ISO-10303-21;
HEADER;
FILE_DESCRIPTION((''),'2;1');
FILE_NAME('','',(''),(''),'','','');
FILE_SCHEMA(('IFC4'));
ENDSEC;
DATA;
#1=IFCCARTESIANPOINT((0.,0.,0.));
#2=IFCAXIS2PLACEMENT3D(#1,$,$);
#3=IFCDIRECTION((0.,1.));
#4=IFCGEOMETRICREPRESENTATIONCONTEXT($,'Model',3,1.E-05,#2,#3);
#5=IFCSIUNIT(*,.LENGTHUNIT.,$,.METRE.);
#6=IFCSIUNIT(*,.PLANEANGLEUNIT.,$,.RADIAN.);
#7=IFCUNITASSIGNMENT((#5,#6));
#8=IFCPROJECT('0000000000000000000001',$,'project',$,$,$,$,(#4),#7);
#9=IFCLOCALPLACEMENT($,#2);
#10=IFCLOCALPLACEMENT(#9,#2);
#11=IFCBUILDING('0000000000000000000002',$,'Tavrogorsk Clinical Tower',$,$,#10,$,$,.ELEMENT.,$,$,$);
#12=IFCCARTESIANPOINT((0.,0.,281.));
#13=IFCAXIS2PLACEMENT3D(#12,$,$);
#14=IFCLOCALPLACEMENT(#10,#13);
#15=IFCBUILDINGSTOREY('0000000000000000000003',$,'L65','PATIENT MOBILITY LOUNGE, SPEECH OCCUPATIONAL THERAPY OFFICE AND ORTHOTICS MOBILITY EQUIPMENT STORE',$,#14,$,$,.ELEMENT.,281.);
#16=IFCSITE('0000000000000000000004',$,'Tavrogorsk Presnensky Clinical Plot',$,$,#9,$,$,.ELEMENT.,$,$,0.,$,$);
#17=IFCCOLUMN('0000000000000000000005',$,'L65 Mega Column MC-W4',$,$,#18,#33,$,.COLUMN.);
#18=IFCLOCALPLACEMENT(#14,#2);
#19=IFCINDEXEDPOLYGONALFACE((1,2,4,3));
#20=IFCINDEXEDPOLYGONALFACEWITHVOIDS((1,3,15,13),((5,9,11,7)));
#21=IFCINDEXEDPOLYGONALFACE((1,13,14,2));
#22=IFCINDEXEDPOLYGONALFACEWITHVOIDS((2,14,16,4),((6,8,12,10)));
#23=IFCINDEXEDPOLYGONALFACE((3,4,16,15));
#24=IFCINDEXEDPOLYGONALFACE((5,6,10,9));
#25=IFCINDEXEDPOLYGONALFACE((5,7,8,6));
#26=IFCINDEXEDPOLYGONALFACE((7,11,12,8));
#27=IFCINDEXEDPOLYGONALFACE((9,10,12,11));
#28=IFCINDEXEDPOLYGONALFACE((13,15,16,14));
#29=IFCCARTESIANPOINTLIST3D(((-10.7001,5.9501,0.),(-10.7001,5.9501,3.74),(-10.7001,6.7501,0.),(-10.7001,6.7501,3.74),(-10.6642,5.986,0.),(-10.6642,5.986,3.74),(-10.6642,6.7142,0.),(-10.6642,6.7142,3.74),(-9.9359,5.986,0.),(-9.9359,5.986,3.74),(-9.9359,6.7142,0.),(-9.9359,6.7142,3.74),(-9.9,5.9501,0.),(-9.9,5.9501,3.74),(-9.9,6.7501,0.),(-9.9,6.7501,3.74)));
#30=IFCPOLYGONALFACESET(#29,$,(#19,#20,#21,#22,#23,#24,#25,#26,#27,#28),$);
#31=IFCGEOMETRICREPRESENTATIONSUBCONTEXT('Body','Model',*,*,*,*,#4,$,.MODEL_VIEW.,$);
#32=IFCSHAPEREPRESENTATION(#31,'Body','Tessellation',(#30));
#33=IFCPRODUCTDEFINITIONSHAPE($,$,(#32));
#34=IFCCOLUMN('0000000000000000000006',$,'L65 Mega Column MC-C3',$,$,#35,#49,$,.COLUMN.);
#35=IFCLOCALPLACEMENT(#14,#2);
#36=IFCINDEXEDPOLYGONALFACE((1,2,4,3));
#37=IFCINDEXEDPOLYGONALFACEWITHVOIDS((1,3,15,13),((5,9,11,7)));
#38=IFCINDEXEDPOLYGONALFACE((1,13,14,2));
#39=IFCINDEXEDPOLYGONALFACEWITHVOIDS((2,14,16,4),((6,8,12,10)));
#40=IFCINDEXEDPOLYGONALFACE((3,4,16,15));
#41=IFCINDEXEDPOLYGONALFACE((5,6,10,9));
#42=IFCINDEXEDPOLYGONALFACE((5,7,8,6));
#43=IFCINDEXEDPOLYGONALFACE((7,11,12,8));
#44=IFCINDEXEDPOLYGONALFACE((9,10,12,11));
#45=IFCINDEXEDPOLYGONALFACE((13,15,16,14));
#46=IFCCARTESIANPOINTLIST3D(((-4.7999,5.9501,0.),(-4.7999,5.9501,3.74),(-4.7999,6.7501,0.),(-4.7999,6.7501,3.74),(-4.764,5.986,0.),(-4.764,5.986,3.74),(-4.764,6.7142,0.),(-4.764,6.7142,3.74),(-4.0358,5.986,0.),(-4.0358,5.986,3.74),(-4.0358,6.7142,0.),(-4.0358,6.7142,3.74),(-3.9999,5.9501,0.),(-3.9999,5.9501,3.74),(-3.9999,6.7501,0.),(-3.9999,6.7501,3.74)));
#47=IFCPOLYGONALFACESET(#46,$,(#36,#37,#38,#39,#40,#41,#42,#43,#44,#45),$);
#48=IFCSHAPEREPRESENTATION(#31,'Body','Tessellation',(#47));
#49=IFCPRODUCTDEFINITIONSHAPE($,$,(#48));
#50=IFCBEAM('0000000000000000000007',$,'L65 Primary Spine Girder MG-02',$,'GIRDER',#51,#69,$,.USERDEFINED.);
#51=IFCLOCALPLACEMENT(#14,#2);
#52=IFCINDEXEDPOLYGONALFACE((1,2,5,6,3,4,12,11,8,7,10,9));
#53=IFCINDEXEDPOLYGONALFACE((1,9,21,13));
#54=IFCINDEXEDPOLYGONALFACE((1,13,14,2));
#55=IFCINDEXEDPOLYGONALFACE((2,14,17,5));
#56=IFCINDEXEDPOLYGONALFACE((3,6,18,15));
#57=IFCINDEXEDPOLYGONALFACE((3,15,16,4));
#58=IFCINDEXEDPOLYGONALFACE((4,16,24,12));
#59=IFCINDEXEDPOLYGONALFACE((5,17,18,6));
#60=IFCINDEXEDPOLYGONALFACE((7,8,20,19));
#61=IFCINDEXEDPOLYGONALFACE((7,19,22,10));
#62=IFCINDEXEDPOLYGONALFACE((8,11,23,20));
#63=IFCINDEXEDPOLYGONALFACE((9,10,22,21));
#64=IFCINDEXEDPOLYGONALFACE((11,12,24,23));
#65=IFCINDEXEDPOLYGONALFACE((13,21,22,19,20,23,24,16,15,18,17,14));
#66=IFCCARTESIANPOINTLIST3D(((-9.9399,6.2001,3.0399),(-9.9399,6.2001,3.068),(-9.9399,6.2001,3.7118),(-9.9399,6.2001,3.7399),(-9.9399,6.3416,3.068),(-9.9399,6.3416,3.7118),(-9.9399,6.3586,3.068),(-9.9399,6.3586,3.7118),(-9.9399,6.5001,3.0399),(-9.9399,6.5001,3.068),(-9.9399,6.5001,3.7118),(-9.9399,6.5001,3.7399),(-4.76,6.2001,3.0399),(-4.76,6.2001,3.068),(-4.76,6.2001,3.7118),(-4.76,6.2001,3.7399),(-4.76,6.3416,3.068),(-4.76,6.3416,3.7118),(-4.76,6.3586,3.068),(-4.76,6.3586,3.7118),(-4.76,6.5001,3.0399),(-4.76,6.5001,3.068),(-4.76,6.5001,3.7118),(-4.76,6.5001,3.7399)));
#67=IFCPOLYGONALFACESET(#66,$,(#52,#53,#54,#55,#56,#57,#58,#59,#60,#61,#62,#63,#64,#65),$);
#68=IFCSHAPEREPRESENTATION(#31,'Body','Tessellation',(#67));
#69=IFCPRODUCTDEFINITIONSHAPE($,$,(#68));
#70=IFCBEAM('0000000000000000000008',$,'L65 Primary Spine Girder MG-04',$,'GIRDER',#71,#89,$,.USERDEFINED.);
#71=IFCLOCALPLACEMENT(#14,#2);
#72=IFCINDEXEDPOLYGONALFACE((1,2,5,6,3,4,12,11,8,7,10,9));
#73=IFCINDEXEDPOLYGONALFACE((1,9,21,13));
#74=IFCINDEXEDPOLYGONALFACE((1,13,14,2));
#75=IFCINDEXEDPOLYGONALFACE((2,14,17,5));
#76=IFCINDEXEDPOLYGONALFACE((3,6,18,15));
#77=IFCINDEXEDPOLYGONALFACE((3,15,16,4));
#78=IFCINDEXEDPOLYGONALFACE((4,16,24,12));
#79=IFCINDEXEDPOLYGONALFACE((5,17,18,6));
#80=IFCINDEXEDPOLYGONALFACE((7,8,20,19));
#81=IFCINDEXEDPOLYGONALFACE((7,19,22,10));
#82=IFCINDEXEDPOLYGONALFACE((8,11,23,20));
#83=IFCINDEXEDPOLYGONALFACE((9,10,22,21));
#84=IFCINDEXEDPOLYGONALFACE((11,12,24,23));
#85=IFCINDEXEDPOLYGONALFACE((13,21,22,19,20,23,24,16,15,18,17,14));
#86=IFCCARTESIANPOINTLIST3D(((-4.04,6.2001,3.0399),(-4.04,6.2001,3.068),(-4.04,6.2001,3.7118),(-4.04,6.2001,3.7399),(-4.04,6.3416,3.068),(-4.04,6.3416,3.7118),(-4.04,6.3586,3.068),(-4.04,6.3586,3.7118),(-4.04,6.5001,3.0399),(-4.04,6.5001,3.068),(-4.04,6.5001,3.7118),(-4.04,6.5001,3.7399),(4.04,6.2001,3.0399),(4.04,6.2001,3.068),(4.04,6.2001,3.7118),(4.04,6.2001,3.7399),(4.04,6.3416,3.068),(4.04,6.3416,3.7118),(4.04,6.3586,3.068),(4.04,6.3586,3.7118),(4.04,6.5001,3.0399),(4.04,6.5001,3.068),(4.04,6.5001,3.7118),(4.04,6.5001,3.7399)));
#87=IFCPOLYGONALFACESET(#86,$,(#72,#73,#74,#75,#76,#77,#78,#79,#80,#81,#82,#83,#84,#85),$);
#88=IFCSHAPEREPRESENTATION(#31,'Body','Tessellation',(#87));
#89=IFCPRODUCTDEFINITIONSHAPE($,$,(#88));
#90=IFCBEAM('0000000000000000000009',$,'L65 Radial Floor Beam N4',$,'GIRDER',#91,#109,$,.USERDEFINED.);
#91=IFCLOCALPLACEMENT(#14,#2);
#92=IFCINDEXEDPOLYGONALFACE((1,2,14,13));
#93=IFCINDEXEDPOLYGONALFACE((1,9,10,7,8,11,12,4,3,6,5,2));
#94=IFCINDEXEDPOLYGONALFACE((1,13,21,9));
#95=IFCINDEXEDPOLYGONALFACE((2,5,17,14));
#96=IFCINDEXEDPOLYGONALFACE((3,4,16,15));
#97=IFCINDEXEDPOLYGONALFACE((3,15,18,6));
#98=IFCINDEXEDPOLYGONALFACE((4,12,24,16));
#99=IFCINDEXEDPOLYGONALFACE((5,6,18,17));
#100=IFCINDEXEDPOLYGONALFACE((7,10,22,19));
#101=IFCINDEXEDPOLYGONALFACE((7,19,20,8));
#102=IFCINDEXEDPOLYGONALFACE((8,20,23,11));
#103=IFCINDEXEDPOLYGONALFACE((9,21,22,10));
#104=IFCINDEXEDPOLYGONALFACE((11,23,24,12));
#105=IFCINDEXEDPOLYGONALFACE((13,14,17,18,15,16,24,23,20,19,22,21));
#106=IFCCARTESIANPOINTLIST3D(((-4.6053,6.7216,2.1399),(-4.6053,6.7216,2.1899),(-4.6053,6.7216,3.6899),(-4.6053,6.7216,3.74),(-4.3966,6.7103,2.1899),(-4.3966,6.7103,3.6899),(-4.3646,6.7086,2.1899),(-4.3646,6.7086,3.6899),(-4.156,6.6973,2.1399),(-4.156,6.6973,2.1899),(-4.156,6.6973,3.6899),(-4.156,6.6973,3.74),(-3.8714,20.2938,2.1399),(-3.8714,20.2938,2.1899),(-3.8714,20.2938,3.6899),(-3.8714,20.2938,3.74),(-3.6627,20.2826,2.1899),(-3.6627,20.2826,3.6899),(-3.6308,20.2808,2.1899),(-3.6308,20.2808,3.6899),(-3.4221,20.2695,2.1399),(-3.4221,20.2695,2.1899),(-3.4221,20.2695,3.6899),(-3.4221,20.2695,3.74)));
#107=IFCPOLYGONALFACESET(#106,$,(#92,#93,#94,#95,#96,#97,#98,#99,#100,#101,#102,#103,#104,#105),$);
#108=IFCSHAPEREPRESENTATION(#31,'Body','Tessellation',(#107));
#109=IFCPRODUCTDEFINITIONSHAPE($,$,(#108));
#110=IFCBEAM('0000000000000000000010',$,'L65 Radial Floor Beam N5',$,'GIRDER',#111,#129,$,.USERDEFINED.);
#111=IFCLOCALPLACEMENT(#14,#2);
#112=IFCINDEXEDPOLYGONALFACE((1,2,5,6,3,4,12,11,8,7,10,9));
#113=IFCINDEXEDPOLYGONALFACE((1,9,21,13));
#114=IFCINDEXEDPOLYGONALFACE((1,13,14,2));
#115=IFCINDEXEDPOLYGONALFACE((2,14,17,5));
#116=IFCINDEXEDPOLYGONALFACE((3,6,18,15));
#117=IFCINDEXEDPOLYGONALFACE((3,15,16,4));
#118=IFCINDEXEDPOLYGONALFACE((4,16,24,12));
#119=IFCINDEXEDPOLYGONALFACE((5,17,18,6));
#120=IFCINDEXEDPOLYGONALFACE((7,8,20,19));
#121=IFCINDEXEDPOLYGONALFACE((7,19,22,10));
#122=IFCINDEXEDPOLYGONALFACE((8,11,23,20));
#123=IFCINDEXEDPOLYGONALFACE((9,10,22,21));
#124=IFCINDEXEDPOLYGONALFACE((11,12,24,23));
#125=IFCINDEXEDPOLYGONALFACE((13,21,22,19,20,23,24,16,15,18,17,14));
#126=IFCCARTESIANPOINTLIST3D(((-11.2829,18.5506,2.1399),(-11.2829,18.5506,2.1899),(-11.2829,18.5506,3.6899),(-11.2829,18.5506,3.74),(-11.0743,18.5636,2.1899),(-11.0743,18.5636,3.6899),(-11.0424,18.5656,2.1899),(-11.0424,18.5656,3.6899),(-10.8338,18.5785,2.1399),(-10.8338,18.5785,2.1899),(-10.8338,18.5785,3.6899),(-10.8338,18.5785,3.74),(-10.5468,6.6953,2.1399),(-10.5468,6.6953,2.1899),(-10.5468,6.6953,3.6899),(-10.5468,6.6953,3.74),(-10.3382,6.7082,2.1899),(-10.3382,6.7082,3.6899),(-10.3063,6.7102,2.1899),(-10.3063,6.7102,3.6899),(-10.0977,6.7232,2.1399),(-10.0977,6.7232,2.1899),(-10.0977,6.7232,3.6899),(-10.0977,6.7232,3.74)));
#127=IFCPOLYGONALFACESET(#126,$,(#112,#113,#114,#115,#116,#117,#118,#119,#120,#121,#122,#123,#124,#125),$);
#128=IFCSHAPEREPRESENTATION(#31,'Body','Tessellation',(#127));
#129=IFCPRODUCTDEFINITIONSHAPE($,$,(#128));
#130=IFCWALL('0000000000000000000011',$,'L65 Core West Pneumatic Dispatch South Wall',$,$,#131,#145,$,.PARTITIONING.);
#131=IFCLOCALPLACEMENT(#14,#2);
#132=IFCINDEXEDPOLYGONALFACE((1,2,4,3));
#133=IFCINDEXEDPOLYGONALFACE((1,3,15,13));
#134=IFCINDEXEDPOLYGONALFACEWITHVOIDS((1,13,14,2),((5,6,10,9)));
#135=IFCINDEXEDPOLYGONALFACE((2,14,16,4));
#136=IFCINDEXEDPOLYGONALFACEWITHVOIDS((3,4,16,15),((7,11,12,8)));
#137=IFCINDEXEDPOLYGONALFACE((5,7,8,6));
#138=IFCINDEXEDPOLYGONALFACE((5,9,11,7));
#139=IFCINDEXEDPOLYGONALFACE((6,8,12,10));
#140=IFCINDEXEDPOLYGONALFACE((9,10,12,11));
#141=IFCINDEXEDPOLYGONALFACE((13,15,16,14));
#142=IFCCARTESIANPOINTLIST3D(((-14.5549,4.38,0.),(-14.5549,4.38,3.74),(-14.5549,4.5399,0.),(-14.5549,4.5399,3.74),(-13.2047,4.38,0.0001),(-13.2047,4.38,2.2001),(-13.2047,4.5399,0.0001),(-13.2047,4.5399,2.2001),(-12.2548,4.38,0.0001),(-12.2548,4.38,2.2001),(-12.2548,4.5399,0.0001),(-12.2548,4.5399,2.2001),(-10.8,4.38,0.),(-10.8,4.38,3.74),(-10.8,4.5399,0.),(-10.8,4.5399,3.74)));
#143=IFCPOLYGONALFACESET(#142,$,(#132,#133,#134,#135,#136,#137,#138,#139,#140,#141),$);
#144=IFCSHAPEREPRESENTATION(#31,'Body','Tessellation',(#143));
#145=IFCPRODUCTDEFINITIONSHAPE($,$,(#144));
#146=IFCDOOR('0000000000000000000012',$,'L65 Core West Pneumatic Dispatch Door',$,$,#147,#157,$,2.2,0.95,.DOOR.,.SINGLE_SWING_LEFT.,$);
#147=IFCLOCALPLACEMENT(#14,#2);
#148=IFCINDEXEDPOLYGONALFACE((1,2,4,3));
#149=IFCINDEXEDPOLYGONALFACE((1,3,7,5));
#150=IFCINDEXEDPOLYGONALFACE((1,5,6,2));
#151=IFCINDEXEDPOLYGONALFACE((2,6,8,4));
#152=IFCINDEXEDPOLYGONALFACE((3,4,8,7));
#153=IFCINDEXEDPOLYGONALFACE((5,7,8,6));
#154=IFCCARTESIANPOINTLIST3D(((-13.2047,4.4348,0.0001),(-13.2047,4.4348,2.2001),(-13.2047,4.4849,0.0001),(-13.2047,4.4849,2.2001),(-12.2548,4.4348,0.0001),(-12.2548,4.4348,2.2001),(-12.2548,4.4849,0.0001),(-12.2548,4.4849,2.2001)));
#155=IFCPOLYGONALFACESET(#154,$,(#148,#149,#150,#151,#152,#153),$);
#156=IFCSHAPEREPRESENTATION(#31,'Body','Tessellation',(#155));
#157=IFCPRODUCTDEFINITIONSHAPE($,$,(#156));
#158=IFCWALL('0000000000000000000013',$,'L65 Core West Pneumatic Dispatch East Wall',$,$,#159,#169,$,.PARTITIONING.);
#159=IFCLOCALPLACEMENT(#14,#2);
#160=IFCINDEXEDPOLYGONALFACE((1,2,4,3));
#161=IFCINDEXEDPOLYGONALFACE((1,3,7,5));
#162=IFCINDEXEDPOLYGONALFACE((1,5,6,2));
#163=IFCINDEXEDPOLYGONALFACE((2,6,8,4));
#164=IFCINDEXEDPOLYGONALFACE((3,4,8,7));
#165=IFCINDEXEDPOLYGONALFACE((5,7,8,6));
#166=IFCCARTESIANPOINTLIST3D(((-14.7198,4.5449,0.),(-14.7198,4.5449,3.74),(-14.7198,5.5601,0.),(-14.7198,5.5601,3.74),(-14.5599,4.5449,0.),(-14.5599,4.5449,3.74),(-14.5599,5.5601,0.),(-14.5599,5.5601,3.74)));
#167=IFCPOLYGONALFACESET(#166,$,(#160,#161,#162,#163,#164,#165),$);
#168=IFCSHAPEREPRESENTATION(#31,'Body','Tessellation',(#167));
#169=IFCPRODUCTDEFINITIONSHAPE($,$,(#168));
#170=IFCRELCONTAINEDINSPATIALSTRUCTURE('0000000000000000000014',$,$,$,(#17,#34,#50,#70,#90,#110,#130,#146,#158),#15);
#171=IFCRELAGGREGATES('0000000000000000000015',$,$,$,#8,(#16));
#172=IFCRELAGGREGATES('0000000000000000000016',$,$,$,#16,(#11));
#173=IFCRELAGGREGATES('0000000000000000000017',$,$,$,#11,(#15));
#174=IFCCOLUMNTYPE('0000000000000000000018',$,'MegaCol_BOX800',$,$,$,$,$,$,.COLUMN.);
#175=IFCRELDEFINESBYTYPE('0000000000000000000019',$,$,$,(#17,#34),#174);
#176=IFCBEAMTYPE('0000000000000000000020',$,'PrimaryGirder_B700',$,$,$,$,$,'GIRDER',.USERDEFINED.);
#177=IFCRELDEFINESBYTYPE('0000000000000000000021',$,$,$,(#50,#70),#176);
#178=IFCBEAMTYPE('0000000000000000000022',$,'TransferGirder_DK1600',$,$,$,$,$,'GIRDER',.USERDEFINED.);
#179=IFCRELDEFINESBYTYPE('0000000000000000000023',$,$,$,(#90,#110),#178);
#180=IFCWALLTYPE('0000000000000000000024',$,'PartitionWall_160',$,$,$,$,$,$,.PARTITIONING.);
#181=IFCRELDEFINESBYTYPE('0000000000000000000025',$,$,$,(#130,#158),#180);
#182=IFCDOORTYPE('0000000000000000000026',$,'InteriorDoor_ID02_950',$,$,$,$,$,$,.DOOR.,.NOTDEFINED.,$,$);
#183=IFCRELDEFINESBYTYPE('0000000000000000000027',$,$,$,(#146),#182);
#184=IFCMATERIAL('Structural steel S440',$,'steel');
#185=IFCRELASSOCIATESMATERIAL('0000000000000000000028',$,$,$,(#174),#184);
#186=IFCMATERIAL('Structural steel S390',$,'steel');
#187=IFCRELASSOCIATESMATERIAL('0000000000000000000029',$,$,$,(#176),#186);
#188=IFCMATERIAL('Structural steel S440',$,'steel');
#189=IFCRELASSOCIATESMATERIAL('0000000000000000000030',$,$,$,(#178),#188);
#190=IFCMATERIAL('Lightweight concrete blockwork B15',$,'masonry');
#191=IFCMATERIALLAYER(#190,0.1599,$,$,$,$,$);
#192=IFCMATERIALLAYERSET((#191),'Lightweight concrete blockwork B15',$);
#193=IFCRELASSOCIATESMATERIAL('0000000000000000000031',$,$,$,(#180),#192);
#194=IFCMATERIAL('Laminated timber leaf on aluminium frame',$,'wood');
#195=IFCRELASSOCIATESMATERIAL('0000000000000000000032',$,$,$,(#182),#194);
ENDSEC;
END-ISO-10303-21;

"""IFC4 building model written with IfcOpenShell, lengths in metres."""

from ifc_helpers import new_model, si_unit, direction, frame, frame_2d, origin, origin_2d, place, context, subcontext, project, spatial, rectangle, hollow_rectangle, i_section, extrude, material, layer, layer_set, material_profile, profile_set, type_object, element, fill, save


model = new_model("IFC4")

# Units and contexts
model_context = context("Model", 3, precision=1e-05, world=origin(), true_north=direction((0.0, 1.0)))
body_context = subcontext(model_context, "Body", "Model", "MODEL_VIEW")
ifc_project = project(units=[si_unit("LENGTHUNIT", "METRE"), si_unit("PLANEANGLEUNIT", "RADIAN")], contexts=[model_context])

# Site, building, storey
site_placement = place(None, origin())
site = spatial("IfcSite", under=ifc_project, at=site_placement, Name="Tavrogorsk Presnensky Clinical Plot", CompositionType="ELEMENT", RefElevation=0.0)
building_placement = place(site_placement, origin())
building = spatial("IfcBuilding", under=site, at=building_placement, Name="Tavrogorsk Clinical Tower", CompositionType="ELEMENT")
storey_placement = place(building_placement, frame((0.0, 0.0, 281.0)))
storey = spatial("IfcBuildingStorey", under=building, at=storey_placement, Name="L65", Description="PATIENT MOBILITY LOUNGE, SPEECH OCCUPATIONAL THERAPY OFFICE AND ORTHOTICS MOBILITY EQUIPMENT STORE", CompositionType="ELEMENT", Elevation=281.0)

# Columns
ifc_material_1 = material(Name="Structural steel S440", Category="steel")
ifc_material_profile_1 = material_profile(ifc_material_1, hollow_rectangle(XDim=0.8, YDim=0.8, WallThickness=0.0359, at=origin_2d()), Name="BOX-800x800x36")
ifc_profile_set_1 = profile_set([ifc_material_profile_1], Name="Structural steel S440")
column_type = type_object("IfcColumnType", Name="MegaCol_BOX800", PredefinedType="COLUMN", material=ifc_profile_set_1)
for number, where, z_axis, x_axis, name in (
    (1, (-10.3, 6.3501, 0.0), (0.0, 0.0, 1.0), (1.0, 0.0, 0.0), "L65 Mega Column MC-W4"),
    (2, (-4.3999, 6.3501, 0.0), (0.0, 0.0, 1.0), (1.0, 0.0, 0.0), "L65 Mega Column MC-C3"),
):
    element("IfcColumn", number, at=place(storey_placement, frame(where, z_axis=z_axis, x_axis=x_axis)), inside=storey, type_object=column_type, Name=name, PredefinedType="COLUMN", context=body_context, shape_type="SweptSolid", body=[
        extrude(hollow_rectangle(XDim=0.8, YDim=0.8, WallThickness=0.0359, at=origin_2d()), origin(), (0.0, 0.0, 1.0), 3.74),
    ])

# Beams
ifc_material_2 = material(Name="Structural steel S390", Category="steel")
ifc_material_profile_2 = material_profile(ifc_material_2, i_section(OverallWidth=0.3, OverallDepth=0.7, WebThickness=0.0171, FlangeThickness=0.0281, at=origin_2d()), Name="B-700x300x17x28")
ifc_profile_set_2 = profile_set([ifc_material_profile_2], Name="Structural steel S390")
beam_type_1 = type_object("IfcBeamType", Name="PrimaryGirder_B700", ElementType="GIRDER", PredefinedType="USERDEFINED", material=ifc_profile_set_2)
beam_1_placement = place(storey_placement, frame((-9.9399, 6.3501, 3.3899), z_axis=(1.0, 0.0, 0.0), x_axis=(0.0, 1.0, 0.0)))
element("IfcBeam", 3, at=beam_1_placement, inside=storey, type_object=beam_type_1, Name="L65 Primary Spine Girder MG-02", ObjectType="GIRDER", PredefinedType="USERDEFINED", context=body_context, shape_type="SweptSolid", body=[
    extrude(i_section(OverallWidth=0.3, OverallDepth=0.7, WebThickness=0.0171, FlangeThickness=0.0281, at=origin_2d()), origin(), (0.0, 0.0, 1.0), 5.1799),
])
beam_2_placement = place(storey_placement, frame((-4.04, 6.3501, 3.3899), z_axis=(1.0, 0.0, 0.0), x_axis=(0.0, 1.0, 0.0)))
element("IfcBeam", 4, at=beam_2_placement, inside=storey, type_object=beam_type_1, Name="L65 Primary Spine Girder MG-04", ObjectType="GIRDER", PredefinedType="USERDEFINED", context=body_context, shape_type="SweptSolid", body=[
    extrude(i_section(OverallWidth=0.3, OverallDepth=0.7, WebThickness=0.0171, FlangeThickness=0.0281, at=origin_2d()), origin(), (0.0, 0.0, 1.0), 8.0801),
])
ifc_material_3 = material(Name="Structural steel S440", Category="steel")
ifc_material_profile_3 = material_profile(ifc_material_3, i_section(OverallWidth=0.45, OverallDepth=1.6001, WebThickness=0.032, FlangeThickness=0.05, at=origin_2d()), Name="DK-1600x450x32x50")
ifc_profile_set_3 = profile_set([ifc_material_profile_3], Name="Structural steel S440")
beam_type_2 = type_object("IfcBeamType", Name="TransferGirder_DK1600", ElementType="GIRDER", PredefinedType="USERDEFINED", material=ifc_profile_set_3)
beam_3_placement = place(storey_placement, frame((-4.3806, 6.7095, 2.9399), z_axis=(0.053994, 0.998541, 0.0), x_axis=(-0.998541, 0.053994, 0.0)))
element("IfcBeam", 5, at=beam_3_placement, inside=storey, type_object=beam_type_2, Name="L65 Radial Floor Beam N4", ObjectType="GIRDER", PredefinedType="USERDEFINED", context=body_context, shape_type="SweptSolid", body=[
    extrude(i_section(OverallWidth=0.45, OverallDepth=1.6001, WebThickness=0.032, FlangeThickness=0.05, at=origin_2d()), origin(), (0.0, 0.0, 1.0), 13.592),
])
beam_4_placement = place(storey_placement, frame((-10.3223, 6.7092, 2.9399), z_axis=(-0.06197, 0.998078, 0.0), x_axis=(-0.998078, -0.06197, 0.0)))
element("IfcBeam", 6, at=beam_4_placement, inside=storey, type_object=beam_type_2, Name="L65 Radial Floor Beam N5", ObjectType="GIRDER", PredefinedType="USERDEFINED", context=body_context, shape_type="SweptSolid", body=[
    extrude(i_section(OverallWidth=0.45, OverallDepth=1.6001, WebThickness=0.032, FlangeThickness=0.05, at=origin_2d()), origin(), (0.0, 0.0, 1.0), 11.8782),
])

# Wall, opening, door
ifc_material_4 = material(Name="Lightweight concrete blockwork B15", Category="masonry")
ifc_layer_1 = layer(ifc_material_4, 0.1599)
ifc_layer_set_1 = layer_set([ifc_layer_1], Name="Lightweight concrete blockwork B15")
wall_type_1 = type_object("IfcWallType", Name="PartitionWall_160", PredefinedType="PARTITIONING", material=ifc_layer_set_1)
wall_1_placement = place(storey_placement, frame((-14.5549, 4.46, 0.0), z_axis=(0.0, 0.0, 1.0), x_axis=(1.0, 0.0, 0.0)))
wall_1 = element("IfcWall", 7, at=wall_1_placement, inside=storey, type_object=wall_type_1, Name="L65 Core West Pneumatic Dispatch South Wall", PredefinedType="PARTITIONING", context=body_context, shape_type="SweptSolid", body=[
    extrude(rectangle(XDim=3.7549, YDim=0.1599, at=frame_2d((1.8774, 0.0))), origin(), (0.0, 0.0, 1.0), 3.74),
])
opening_1_placement = place(wall_1_placement, frame((1.3501, 0.0, 0.0)))
opening_1 = element("IfcOpeningElement", 8, at=opening_1_placement, cuts=wall_1, PredefinedType="OPENING", context=body_context, shape_type="SweptSolid", body=[
    extrude(rectangle(XDim=0.95, YDim=2.2, at=frame_2d((0.4751, 1.1001))), frame((0.0, 0.0898, 0.0), z_axis=(0.0, -1.0, 0.0), x_axis=(1.0, 0.0, 0.0)), (0.0, 0.0, 1.0), 0.1799),
])
ifc_material_5 = material(Name="Laminated timber leaf on aluminium frame", Category="wood")
door_type_1 = type_object("IfcDoorType", Name="InteriorDoor_ID02_950", OperationType="NOTDEFINED", PredefinedType="DOOR", material=ifc_material_5)
door_1_placement = place(opening_1_placement, origin())
door_1 = element("IfcDoor", 9, at=door_1_placement, inside=storey, type_object=door_type_1, Name="L65 Core West Pneumatic Dispatch Door", OperationType="SINGLE_SWING_LEFT", OverallHeight=2.2, OverallWidth=0.95, PredefinedType="DOOR", context=body_context, shape_type="SweptSolid", body=[
    extrude(rectangle(XDim=0.95, YDim=2.2, at=frame_2d((0.4751, 1.1001))), frame((0.0, 0.0249, 0.0), z_axis=(0.0, -1.0, 0.0), x_axis=(1.0, 0.0, 0.0)), (0.0, 0.0, 1.0), 0.05),
])
fill(opening_1, door_1)

# Wall
wall_2_placement = place(storey_placement, frame((-14.6399, 4.5449, 0.0), z_axis=(0.0, 0.0, 1.0), x_axis=(0.0, 1.0, 0.0)))
element("IfcWall", 10, at=wall_2_placement, inside=storey, type_object=wall_type_1, Name="L65 Core West Pneumatic Dispatch East Wall", PredefinedType="PARTITIONING", context=body_context, shape_type="SweptSolid", body=[
    extrude(rectangle(XDim=1.0151, YDim=0.1599, at=frame_2d((0.5076, 0.0))), origin(), (0.0, 0.0, 1.0), 3.74),
])

save(model, "model.ifc")
